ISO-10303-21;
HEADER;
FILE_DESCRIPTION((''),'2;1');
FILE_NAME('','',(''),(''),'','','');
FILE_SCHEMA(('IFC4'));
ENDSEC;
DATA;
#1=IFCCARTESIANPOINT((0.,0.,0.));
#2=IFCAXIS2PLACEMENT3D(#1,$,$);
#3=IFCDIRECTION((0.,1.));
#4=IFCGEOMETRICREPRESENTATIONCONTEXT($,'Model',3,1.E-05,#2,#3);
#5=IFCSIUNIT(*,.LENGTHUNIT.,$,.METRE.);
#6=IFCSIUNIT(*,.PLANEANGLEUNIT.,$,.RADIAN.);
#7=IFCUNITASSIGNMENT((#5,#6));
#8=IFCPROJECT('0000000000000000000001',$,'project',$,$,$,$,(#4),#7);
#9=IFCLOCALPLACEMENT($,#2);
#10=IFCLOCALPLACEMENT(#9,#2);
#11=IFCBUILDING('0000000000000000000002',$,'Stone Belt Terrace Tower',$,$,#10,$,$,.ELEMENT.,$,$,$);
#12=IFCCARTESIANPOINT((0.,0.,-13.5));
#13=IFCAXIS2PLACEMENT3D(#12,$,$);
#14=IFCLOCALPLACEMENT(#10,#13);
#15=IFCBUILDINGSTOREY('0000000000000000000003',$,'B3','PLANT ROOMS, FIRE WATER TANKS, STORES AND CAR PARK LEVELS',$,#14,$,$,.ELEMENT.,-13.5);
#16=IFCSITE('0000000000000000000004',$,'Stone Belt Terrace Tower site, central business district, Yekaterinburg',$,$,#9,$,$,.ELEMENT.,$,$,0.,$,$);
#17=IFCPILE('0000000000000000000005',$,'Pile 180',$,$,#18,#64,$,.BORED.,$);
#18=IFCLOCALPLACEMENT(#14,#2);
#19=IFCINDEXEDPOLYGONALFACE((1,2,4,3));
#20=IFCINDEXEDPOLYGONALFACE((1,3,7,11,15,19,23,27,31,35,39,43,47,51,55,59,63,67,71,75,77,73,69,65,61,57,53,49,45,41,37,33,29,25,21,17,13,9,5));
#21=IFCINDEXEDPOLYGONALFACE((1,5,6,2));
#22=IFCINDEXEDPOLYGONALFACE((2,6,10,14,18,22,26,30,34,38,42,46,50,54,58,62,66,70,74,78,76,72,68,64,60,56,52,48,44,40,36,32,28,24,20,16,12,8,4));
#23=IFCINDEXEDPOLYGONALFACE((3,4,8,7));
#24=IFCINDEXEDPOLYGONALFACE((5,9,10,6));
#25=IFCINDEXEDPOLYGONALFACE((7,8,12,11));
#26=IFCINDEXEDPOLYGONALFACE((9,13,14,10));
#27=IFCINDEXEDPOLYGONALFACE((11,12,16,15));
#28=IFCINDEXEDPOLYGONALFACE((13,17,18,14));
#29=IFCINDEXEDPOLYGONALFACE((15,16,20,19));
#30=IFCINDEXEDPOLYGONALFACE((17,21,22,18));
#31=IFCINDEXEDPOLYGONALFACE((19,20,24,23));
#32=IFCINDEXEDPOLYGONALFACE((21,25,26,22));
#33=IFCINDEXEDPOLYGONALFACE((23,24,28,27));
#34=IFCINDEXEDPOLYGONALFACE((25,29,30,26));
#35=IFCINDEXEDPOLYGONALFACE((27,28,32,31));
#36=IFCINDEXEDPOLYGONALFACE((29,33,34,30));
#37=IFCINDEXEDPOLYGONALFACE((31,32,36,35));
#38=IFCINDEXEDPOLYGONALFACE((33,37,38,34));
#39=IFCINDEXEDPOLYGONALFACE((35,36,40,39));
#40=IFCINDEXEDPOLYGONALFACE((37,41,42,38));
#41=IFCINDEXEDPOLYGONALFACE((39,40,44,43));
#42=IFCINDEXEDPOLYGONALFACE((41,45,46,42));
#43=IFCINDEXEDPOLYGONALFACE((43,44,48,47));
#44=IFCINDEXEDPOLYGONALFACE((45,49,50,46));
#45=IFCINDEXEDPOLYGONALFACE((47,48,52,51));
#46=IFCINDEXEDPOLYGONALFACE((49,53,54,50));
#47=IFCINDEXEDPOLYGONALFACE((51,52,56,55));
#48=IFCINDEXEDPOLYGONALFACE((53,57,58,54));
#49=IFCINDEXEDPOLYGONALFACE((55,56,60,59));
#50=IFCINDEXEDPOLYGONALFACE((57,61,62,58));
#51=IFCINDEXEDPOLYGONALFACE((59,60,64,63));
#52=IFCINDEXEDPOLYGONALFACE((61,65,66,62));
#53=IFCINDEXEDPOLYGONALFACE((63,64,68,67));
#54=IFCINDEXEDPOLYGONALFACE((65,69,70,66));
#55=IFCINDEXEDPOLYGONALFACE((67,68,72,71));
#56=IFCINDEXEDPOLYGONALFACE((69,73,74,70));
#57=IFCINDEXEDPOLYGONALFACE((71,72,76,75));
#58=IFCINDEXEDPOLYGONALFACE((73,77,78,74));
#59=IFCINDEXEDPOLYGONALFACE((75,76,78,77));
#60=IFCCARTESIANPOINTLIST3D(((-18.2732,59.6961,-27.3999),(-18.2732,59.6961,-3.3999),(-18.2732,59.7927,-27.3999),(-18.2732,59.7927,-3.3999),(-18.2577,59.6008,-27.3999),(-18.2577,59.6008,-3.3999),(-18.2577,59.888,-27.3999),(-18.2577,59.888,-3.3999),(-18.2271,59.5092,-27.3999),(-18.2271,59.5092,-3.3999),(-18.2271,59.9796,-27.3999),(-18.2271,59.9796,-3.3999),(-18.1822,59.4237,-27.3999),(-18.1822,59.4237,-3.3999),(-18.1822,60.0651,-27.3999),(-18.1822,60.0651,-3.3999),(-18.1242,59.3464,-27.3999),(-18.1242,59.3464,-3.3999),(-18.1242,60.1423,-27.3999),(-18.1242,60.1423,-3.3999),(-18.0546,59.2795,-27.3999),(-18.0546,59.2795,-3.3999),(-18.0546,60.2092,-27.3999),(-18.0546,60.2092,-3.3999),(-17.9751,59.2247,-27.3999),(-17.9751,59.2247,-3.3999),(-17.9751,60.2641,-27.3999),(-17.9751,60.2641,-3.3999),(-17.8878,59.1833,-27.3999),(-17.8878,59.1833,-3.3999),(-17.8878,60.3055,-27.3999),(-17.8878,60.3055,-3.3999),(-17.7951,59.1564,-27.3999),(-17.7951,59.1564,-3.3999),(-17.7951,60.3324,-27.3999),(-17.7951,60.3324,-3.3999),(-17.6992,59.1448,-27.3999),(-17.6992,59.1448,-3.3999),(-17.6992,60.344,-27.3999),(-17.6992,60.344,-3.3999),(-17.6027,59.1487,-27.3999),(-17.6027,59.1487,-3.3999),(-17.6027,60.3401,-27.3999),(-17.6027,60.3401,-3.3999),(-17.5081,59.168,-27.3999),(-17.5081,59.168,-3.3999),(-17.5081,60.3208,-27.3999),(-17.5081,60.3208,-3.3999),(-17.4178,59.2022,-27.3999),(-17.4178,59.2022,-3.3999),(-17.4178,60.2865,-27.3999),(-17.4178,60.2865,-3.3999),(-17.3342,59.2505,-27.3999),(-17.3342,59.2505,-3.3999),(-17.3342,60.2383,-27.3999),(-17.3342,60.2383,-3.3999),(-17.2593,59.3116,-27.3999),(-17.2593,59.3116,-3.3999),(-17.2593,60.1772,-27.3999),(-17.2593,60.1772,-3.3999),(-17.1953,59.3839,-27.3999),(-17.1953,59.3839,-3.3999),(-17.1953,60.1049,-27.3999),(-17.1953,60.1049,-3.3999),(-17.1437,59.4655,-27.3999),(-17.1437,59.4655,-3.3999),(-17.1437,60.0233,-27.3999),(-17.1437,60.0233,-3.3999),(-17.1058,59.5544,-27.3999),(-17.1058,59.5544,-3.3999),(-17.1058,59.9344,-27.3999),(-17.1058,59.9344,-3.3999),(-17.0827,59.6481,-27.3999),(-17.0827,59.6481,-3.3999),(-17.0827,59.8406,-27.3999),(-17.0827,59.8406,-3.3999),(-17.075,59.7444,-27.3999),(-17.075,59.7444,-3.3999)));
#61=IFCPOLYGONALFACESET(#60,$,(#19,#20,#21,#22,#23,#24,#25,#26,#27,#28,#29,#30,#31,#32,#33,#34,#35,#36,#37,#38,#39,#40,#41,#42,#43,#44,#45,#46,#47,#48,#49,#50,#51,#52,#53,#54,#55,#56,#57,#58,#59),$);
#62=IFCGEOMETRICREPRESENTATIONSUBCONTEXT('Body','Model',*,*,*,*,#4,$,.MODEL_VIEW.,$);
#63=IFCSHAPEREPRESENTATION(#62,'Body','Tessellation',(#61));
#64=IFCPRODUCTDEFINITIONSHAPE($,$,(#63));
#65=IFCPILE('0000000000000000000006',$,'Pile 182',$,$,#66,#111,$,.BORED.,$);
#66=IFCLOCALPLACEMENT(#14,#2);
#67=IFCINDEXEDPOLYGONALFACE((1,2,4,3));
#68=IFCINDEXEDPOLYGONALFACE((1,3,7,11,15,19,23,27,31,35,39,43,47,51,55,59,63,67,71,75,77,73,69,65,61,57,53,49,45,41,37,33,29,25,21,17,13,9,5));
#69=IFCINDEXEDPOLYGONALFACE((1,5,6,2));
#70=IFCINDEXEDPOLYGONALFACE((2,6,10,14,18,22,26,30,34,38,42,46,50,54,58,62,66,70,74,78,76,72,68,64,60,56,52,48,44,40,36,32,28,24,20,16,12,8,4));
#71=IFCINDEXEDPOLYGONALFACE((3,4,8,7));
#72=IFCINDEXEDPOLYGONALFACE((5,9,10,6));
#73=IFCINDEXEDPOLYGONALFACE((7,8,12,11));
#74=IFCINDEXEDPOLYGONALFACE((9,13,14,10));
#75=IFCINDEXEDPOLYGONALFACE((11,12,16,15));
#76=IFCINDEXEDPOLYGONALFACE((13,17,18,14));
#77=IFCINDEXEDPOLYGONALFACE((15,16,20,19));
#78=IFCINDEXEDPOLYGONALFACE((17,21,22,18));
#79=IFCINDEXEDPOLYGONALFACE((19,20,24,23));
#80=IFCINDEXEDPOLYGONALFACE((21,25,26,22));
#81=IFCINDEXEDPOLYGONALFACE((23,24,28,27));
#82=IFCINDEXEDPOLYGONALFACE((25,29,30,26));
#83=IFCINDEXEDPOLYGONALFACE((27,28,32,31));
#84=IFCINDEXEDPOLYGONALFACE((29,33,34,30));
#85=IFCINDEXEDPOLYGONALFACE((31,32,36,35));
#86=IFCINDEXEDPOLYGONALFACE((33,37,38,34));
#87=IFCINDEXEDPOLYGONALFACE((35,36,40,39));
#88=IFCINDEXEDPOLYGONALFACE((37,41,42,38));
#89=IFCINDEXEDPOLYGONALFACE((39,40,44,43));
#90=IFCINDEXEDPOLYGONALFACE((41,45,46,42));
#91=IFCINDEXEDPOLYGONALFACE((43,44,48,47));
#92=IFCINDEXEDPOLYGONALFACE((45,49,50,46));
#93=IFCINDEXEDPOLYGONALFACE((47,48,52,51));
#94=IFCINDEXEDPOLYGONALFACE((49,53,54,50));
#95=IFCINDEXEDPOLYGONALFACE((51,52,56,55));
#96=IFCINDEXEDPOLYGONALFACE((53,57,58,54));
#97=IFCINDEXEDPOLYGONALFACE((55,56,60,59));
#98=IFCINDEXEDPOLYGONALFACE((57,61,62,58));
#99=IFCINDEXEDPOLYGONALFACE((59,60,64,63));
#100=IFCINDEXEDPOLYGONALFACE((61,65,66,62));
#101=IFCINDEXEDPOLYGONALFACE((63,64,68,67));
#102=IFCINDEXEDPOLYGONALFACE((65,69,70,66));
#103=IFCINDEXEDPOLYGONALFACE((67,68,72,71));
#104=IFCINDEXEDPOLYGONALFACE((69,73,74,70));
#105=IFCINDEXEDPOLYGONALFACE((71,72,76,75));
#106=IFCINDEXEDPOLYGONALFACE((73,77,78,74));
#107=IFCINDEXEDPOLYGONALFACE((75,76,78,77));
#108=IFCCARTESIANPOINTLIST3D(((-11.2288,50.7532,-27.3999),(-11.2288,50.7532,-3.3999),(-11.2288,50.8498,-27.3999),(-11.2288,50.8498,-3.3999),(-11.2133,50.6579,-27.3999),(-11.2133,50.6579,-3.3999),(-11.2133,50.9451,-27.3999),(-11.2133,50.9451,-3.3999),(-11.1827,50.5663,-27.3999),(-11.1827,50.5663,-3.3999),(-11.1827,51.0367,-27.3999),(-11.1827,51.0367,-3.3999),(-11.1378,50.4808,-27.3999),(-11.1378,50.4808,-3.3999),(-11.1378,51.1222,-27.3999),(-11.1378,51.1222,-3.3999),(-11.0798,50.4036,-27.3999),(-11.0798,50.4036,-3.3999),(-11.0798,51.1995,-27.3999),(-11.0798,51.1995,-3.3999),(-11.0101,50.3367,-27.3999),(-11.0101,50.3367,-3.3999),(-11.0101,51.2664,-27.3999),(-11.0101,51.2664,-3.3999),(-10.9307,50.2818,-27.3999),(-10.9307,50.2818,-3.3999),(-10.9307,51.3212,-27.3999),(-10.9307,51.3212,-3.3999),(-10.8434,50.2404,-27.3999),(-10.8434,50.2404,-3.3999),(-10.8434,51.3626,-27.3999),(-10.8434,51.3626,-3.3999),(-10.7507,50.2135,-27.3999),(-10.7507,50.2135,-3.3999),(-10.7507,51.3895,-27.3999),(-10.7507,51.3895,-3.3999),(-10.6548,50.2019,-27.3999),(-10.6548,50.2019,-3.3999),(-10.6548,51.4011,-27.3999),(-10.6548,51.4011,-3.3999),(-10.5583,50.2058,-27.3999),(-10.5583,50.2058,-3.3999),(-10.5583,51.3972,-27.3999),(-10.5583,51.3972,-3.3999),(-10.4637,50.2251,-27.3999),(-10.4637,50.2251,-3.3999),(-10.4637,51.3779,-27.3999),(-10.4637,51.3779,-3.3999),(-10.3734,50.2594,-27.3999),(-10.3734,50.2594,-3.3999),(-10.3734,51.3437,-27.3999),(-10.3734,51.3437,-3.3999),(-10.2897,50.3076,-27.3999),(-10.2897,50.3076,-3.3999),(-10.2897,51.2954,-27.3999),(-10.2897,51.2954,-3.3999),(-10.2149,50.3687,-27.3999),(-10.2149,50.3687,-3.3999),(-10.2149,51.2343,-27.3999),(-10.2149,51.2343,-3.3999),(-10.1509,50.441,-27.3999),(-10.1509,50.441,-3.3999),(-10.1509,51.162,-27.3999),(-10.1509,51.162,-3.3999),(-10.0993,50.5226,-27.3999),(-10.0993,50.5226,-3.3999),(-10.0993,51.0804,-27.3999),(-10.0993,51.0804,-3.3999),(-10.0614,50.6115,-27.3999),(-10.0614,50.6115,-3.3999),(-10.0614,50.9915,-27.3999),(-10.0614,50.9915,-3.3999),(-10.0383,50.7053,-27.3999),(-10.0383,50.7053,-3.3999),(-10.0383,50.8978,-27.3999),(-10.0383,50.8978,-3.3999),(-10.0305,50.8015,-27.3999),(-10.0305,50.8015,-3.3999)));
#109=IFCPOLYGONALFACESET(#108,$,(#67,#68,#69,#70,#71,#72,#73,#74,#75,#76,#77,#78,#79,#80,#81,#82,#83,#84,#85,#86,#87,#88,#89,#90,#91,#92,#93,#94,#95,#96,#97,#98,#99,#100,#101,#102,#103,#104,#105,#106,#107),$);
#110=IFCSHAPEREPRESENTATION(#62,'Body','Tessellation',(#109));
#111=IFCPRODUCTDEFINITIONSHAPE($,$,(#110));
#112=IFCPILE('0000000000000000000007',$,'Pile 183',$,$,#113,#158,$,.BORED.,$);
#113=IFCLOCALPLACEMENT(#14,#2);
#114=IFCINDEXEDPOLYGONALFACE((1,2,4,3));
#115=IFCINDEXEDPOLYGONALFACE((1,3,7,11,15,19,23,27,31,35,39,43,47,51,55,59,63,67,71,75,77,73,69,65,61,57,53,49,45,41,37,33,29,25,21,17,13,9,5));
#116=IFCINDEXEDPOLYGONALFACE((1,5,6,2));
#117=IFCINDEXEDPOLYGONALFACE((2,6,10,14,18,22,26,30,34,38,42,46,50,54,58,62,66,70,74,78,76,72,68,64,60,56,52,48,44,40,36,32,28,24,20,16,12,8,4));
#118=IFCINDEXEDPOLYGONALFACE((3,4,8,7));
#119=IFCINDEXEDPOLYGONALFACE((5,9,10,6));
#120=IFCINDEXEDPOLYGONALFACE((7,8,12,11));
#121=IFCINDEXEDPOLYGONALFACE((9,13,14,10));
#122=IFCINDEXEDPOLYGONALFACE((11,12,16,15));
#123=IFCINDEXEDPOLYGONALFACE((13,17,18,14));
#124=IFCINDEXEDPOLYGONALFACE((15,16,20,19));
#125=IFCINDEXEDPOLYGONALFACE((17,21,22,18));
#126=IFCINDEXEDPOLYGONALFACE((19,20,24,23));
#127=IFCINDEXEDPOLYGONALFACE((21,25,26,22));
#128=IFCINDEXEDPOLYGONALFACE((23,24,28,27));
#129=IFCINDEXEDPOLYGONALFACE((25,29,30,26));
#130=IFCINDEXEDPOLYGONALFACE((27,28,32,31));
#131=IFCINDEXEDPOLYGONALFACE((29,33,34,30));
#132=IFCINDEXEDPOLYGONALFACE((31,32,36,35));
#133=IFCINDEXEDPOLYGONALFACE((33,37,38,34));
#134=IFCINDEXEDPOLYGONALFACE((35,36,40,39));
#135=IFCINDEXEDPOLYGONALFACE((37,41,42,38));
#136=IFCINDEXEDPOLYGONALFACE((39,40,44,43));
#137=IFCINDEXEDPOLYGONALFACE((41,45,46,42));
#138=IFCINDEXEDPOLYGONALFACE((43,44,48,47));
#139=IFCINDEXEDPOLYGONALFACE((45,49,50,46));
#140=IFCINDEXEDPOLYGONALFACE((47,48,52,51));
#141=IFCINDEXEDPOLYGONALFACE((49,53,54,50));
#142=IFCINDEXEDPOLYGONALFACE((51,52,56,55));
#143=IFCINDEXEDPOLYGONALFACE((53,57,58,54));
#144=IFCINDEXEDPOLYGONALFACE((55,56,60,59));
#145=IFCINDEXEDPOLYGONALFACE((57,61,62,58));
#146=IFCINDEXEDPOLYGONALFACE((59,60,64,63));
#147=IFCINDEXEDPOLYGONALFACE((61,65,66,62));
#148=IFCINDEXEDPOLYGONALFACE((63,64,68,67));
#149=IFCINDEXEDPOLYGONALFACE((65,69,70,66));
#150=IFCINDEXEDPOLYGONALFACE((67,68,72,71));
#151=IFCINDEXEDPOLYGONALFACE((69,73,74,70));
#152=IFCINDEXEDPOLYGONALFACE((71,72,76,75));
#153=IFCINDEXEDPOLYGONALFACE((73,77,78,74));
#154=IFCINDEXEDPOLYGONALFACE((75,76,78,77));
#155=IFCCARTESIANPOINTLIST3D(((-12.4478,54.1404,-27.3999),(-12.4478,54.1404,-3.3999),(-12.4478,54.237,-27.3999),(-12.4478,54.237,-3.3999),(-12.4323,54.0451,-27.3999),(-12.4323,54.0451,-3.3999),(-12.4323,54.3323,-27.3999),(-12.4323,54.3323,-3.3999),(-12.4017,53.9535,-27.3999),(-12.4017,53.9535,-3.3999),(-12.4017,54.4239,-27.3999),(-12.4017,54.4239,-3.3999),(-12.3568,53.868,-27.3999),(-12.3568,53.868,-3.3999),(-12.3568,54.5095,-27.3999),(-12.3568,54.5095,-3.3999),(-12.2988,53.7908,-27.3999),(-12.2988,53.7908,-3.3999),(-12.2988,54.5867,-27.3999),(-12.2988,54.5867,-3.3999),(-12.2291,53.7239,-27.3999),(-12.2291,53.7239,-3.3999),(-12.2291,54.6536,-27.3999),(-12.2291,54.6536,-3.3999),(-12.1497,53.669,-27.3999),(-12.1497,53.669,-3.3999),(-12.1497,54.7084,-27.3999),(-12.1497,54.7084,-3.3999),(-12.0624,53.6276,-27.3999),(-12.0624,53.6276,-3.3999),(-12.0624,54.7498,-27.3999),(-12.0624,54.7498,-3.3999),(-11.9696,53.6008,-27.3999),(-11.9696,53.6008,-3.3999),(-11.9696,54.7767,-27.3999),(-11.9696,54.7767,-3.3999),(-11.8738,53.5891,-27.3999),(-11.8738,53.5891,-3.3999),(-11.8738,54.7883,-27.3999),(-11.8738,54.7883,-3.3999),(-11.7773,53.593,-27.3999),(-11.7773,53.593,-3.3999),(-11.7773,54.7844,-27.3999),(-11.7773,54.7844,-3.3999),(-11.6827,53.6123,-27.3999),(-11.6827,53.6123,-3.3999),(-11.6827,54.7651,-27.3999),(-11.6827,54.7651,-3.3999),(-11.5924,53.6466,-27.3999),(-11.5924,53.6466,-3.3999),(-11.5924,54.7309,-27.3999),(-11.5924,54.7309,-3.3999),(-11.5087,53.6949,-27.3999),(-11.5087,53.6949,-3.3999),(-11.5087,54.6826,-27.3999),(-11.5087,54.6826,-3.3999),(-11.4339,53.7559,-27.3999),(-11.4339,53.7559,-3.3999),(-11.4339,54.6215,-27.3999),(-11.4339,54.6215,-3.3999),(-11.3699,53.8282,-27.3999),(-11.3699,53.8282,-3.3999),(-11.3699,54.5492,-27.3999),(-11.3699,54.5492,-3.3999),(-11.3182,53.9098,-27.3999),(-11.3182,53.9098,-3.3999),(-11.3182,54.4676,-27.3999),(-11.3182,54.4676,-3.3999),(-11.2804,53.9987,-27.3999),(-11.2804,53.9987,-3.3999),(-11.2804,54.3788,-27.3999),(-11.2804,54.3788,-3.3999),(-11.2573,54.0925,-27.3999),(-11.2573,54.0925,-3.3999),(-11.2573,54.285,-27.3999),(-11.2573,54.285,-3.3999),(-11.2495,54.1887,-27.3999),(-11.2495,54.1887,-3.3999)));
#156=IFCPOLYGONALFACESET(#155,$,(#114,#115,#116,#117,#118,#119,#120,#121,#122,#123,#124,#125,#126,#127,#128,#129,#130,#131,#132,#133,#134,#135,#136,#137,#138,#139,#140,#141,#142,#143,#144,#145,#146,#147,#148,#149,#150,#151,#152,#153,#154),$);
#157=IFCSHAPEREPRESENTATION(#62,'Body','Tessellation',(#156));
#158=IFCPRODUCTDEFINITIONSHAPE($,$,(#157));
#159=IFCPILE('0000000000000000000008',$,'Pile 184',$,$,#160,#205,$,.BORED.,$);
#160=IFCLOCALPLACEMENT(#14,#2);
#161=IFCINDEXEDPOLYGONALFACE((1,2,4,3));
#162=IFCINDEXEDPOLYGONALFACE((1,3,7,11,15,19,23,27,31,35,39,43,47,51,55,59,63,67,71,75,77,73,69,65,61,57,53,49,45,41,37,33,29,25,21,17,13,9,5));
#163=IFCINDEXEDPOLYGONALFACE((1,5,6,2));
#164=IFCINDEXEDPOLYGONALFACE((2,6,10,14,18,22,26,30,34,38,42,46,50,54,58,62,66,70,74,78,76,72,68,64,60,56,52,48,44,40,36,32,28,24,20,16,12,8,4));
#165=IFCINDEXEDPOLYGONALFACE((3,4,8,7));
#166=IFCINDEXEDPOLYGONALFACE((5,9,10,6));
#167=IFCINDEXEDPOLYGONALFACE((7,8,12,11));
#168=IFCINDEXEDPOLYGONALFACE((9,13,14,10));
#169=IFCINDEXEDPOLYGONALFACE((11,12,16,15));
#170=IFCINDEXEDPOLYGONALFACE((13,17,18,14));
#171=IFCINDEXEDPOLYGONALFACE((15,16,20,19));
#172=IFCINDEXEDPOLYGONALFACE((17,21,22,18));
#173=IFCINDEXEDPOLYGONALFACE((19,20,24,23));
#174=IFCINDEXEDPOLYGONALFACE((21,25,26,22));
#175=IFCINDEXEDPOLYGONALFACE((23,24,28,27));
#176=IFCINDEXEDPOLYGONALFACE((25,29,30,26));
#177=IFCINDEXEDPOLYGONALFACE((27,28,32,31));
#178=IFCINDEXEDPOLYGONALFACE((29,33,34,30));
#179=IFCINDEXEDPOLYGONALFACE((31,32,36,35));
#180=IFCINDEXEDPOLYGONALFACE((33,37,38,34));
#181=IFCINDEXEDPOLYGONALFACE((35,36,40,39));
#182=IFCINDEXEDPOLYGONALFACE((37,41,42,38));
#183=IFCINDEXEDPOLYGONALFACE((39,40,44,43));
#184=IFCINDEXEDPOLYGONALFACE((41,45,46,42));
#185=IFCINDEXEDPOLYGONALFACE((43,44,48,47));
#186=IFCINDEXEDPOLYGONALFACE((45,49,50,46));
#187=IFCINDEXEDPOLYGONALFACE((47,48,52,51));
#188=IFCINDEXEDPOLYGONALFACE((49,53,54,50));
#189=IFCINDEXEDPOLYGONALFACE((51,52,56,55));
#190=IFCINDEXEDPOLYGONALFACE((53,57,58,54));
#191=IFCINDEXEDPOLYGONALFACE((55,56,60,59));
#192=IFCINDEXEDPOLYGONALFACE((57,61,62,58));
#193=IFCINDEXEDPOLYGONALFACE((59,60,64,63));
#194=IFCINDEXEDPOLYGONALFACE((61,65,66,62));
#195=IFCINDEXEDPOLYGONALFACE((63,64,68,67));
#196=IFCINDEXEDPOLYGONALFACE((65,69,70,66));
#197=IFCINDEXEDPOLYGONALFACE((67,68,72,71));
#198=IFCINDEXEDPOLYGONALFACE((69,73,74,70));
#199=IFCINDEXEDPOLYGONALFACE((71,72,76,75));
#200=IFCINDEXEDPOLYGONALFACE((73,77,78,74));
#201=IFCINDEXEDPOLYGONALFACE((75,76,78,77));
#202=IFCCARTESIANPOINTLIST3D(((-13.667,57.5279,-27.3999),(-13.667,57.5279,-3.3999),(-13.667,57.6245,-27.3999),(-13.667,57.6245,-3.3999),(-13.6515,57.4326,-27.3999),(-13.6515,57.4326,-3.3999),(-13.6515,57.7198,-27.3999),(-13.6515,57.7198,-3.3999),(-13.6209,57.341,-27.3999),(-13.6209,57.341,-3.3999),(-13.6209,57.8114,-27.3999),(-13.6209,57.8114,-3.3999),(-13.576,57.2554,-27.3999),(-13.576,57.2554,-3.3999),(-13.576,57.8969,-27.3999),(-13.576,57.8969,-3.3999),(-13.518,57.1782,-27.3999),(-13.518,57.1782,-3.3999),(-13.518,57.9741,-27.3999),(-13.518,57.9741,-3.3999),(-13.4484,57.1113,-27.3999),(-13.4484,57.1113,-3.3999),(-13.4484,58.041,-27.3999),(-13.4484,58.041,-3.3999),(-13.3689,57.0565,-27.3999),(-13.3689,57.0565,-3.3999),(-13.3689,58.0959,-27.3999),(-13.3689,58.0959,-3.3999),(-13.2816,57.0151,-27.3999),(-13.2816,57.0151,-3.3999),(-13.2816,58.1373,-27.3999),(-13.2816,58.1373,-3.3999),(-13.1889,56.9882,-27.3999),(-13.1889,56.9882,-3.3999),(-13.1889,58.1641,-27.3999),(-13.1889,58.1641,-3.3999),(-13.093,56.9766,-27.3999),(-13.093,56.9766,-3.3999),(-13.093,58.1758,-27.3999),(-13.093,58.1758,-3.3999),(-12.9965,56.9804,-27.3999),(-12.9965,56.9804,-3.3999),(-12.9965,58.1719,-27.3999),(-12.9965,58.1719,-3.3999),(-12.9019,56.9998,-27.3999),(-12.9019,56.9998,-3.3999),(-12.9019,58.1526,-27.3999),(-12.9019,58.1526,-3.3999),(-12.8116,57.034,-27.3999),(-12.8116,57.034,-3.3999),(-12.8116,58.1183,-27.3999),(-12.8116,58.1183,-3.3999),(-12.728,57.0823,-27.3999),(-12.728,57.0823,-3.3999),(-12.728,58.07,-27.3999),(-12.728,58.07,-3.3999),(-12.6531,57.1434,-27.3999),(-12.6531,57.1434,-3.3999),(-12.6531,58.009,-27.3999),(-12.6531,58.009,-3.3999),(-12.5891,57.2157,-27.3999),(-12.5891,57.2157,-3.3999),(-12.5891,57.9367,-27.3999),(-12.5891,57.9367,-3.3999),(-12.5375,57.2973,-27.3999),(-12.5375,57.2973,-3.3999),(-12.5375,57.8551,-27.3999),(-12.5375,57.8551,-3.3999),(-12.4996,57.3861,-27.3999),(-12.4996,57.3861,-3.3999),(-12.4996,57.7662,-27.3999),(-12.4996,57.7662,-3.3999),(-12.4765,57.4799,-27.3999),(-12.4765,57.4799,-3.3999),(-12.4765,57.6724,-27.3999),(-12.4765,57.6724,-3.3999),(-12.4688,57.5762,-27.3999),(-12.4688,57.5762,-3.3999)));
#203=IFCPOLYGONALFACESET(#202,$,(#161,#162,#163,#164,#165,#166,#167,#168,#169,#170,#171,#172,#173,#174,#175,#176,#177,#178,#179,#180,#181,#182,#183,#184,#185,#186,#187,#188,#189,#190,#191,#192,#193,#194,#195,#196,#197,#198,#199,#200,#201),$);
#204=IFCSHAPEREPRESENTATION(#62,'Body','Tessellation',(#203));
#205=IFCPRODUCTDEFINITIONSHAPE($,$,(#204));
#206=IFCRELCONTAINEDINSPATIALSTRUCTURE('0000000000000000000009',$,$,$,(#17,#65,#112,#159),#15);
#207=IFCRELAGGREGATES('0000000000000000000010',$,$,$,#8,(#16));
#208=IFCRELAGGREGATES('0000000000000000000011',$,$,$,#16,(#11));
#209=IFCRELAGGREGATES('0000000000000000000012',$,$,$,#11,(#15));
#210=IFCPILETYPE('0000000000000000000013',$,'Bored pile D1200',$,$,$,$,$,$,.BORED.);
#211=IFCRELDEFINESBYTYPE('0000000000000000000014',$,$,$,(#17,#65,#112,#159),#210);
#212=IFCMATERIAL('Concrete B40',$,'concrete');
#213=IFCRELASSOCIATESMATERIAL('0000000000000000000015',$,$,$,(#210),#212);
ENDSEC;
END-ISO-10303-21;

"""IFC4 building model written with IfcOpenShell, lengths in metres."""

from ifc_helpers import new_model, si_unit, direction, frame, origin, origin_2d, place, context, subcontext, project, spatial, circle, extrude, material, material_profile, profile_set, type_object, element, save


model = new_model("IFC4")

# Units and contexts
model_context = context("Model", 3, precision=1e-05, world=origin(), true_north=direction((0.0, 1.0)))
body_context = subcontext(model_context, "Body", "Model", "MODEL_VIEW")
ifc_project = project(units=[si_unit("LENGTHUNIT", "METRE"), si_unit("PLANEANGLEUNIT", "RADIAN")], contexts=[model_context])

# Site, building, storey
site_placement = place(None, origin())
site = spatial("IfcSite", under=ifc_project, at=site_placement, Name="Stone Belt Terrace Tower site, central business district, Yekaterinburg", CompositionType="ELEMENT", RefElevation=0.0)
building_placement = place(site_placement, origin())
building = spatial("IfcBuilding", under=site, at=building_placement, Name="Stone Belt Terrace Tower", CompositionType="ELEMENT")
storey_placement = place(building_placement, frame((0.0, 0.0, -13.5)))
storey = spatial("IfcBuildingStorey", under=building, at=storey_placement, Name="B3", Description="PLANT ROOMS, FIRE WATER TANKS, STORES AND CAR PARK LEVELS", CompositionType="ELEMENT", Elevation=-13.5)

# Piles
ifc_material_1 = material(Name="Concrete B40", Category="concrete")
ifc_material_profile_1 = material_profile(ifc_material_1, circle(Radius=0.6001, at=origin_2d()), Name="PILE D1200")
ifc_profile_set_1 = profile_set([ifc_material_profile_1], Name="Concrete B40")
pile_type = type_object("IfcPileType", Name="Bored pile D1200", PredefinedType="BORED", material=ifc_profile_set_1)
for number, where, z_axis, x_axis, name in (
    (1, (-17.675, 59.7444, -3.3999), (0.0, 0.0, -1.0), (1.0, 0.0, 0.0), "Pile 180"),
    (2, (-10.6306, 50.8015, -3.3999), (0.0, 0.0, -1.0), (1.0, 0.0, 0.0), "Pile 182"),
    (3, (-11.8496, 54.1887, -3.3999), (0.0, 0.0, -1.0), (1.0, 0.0, 0.0), "Pile 183"),
    (4, (-13.0688, 57.5762, -3.3999), (0.0, 0.0, -1.0), (1.0, 0.0, 0.0), "Pile 184"),
):
    element("IfcPile", number, at=place(storey_placement, frame(where, z_axis=z_axis, x_axis=x_axis)), inside=storey, type_object=pile_type, Name=name, PredefinedType="BORED", context=body_context, shape_type="SweptSolid", body=[
        extrude(circle(Radius=0.6001, at=origin_2d()), origin(), (0.0, 0.0, 1.0), 24.0),
    ])

save(model, "model.ifc")
